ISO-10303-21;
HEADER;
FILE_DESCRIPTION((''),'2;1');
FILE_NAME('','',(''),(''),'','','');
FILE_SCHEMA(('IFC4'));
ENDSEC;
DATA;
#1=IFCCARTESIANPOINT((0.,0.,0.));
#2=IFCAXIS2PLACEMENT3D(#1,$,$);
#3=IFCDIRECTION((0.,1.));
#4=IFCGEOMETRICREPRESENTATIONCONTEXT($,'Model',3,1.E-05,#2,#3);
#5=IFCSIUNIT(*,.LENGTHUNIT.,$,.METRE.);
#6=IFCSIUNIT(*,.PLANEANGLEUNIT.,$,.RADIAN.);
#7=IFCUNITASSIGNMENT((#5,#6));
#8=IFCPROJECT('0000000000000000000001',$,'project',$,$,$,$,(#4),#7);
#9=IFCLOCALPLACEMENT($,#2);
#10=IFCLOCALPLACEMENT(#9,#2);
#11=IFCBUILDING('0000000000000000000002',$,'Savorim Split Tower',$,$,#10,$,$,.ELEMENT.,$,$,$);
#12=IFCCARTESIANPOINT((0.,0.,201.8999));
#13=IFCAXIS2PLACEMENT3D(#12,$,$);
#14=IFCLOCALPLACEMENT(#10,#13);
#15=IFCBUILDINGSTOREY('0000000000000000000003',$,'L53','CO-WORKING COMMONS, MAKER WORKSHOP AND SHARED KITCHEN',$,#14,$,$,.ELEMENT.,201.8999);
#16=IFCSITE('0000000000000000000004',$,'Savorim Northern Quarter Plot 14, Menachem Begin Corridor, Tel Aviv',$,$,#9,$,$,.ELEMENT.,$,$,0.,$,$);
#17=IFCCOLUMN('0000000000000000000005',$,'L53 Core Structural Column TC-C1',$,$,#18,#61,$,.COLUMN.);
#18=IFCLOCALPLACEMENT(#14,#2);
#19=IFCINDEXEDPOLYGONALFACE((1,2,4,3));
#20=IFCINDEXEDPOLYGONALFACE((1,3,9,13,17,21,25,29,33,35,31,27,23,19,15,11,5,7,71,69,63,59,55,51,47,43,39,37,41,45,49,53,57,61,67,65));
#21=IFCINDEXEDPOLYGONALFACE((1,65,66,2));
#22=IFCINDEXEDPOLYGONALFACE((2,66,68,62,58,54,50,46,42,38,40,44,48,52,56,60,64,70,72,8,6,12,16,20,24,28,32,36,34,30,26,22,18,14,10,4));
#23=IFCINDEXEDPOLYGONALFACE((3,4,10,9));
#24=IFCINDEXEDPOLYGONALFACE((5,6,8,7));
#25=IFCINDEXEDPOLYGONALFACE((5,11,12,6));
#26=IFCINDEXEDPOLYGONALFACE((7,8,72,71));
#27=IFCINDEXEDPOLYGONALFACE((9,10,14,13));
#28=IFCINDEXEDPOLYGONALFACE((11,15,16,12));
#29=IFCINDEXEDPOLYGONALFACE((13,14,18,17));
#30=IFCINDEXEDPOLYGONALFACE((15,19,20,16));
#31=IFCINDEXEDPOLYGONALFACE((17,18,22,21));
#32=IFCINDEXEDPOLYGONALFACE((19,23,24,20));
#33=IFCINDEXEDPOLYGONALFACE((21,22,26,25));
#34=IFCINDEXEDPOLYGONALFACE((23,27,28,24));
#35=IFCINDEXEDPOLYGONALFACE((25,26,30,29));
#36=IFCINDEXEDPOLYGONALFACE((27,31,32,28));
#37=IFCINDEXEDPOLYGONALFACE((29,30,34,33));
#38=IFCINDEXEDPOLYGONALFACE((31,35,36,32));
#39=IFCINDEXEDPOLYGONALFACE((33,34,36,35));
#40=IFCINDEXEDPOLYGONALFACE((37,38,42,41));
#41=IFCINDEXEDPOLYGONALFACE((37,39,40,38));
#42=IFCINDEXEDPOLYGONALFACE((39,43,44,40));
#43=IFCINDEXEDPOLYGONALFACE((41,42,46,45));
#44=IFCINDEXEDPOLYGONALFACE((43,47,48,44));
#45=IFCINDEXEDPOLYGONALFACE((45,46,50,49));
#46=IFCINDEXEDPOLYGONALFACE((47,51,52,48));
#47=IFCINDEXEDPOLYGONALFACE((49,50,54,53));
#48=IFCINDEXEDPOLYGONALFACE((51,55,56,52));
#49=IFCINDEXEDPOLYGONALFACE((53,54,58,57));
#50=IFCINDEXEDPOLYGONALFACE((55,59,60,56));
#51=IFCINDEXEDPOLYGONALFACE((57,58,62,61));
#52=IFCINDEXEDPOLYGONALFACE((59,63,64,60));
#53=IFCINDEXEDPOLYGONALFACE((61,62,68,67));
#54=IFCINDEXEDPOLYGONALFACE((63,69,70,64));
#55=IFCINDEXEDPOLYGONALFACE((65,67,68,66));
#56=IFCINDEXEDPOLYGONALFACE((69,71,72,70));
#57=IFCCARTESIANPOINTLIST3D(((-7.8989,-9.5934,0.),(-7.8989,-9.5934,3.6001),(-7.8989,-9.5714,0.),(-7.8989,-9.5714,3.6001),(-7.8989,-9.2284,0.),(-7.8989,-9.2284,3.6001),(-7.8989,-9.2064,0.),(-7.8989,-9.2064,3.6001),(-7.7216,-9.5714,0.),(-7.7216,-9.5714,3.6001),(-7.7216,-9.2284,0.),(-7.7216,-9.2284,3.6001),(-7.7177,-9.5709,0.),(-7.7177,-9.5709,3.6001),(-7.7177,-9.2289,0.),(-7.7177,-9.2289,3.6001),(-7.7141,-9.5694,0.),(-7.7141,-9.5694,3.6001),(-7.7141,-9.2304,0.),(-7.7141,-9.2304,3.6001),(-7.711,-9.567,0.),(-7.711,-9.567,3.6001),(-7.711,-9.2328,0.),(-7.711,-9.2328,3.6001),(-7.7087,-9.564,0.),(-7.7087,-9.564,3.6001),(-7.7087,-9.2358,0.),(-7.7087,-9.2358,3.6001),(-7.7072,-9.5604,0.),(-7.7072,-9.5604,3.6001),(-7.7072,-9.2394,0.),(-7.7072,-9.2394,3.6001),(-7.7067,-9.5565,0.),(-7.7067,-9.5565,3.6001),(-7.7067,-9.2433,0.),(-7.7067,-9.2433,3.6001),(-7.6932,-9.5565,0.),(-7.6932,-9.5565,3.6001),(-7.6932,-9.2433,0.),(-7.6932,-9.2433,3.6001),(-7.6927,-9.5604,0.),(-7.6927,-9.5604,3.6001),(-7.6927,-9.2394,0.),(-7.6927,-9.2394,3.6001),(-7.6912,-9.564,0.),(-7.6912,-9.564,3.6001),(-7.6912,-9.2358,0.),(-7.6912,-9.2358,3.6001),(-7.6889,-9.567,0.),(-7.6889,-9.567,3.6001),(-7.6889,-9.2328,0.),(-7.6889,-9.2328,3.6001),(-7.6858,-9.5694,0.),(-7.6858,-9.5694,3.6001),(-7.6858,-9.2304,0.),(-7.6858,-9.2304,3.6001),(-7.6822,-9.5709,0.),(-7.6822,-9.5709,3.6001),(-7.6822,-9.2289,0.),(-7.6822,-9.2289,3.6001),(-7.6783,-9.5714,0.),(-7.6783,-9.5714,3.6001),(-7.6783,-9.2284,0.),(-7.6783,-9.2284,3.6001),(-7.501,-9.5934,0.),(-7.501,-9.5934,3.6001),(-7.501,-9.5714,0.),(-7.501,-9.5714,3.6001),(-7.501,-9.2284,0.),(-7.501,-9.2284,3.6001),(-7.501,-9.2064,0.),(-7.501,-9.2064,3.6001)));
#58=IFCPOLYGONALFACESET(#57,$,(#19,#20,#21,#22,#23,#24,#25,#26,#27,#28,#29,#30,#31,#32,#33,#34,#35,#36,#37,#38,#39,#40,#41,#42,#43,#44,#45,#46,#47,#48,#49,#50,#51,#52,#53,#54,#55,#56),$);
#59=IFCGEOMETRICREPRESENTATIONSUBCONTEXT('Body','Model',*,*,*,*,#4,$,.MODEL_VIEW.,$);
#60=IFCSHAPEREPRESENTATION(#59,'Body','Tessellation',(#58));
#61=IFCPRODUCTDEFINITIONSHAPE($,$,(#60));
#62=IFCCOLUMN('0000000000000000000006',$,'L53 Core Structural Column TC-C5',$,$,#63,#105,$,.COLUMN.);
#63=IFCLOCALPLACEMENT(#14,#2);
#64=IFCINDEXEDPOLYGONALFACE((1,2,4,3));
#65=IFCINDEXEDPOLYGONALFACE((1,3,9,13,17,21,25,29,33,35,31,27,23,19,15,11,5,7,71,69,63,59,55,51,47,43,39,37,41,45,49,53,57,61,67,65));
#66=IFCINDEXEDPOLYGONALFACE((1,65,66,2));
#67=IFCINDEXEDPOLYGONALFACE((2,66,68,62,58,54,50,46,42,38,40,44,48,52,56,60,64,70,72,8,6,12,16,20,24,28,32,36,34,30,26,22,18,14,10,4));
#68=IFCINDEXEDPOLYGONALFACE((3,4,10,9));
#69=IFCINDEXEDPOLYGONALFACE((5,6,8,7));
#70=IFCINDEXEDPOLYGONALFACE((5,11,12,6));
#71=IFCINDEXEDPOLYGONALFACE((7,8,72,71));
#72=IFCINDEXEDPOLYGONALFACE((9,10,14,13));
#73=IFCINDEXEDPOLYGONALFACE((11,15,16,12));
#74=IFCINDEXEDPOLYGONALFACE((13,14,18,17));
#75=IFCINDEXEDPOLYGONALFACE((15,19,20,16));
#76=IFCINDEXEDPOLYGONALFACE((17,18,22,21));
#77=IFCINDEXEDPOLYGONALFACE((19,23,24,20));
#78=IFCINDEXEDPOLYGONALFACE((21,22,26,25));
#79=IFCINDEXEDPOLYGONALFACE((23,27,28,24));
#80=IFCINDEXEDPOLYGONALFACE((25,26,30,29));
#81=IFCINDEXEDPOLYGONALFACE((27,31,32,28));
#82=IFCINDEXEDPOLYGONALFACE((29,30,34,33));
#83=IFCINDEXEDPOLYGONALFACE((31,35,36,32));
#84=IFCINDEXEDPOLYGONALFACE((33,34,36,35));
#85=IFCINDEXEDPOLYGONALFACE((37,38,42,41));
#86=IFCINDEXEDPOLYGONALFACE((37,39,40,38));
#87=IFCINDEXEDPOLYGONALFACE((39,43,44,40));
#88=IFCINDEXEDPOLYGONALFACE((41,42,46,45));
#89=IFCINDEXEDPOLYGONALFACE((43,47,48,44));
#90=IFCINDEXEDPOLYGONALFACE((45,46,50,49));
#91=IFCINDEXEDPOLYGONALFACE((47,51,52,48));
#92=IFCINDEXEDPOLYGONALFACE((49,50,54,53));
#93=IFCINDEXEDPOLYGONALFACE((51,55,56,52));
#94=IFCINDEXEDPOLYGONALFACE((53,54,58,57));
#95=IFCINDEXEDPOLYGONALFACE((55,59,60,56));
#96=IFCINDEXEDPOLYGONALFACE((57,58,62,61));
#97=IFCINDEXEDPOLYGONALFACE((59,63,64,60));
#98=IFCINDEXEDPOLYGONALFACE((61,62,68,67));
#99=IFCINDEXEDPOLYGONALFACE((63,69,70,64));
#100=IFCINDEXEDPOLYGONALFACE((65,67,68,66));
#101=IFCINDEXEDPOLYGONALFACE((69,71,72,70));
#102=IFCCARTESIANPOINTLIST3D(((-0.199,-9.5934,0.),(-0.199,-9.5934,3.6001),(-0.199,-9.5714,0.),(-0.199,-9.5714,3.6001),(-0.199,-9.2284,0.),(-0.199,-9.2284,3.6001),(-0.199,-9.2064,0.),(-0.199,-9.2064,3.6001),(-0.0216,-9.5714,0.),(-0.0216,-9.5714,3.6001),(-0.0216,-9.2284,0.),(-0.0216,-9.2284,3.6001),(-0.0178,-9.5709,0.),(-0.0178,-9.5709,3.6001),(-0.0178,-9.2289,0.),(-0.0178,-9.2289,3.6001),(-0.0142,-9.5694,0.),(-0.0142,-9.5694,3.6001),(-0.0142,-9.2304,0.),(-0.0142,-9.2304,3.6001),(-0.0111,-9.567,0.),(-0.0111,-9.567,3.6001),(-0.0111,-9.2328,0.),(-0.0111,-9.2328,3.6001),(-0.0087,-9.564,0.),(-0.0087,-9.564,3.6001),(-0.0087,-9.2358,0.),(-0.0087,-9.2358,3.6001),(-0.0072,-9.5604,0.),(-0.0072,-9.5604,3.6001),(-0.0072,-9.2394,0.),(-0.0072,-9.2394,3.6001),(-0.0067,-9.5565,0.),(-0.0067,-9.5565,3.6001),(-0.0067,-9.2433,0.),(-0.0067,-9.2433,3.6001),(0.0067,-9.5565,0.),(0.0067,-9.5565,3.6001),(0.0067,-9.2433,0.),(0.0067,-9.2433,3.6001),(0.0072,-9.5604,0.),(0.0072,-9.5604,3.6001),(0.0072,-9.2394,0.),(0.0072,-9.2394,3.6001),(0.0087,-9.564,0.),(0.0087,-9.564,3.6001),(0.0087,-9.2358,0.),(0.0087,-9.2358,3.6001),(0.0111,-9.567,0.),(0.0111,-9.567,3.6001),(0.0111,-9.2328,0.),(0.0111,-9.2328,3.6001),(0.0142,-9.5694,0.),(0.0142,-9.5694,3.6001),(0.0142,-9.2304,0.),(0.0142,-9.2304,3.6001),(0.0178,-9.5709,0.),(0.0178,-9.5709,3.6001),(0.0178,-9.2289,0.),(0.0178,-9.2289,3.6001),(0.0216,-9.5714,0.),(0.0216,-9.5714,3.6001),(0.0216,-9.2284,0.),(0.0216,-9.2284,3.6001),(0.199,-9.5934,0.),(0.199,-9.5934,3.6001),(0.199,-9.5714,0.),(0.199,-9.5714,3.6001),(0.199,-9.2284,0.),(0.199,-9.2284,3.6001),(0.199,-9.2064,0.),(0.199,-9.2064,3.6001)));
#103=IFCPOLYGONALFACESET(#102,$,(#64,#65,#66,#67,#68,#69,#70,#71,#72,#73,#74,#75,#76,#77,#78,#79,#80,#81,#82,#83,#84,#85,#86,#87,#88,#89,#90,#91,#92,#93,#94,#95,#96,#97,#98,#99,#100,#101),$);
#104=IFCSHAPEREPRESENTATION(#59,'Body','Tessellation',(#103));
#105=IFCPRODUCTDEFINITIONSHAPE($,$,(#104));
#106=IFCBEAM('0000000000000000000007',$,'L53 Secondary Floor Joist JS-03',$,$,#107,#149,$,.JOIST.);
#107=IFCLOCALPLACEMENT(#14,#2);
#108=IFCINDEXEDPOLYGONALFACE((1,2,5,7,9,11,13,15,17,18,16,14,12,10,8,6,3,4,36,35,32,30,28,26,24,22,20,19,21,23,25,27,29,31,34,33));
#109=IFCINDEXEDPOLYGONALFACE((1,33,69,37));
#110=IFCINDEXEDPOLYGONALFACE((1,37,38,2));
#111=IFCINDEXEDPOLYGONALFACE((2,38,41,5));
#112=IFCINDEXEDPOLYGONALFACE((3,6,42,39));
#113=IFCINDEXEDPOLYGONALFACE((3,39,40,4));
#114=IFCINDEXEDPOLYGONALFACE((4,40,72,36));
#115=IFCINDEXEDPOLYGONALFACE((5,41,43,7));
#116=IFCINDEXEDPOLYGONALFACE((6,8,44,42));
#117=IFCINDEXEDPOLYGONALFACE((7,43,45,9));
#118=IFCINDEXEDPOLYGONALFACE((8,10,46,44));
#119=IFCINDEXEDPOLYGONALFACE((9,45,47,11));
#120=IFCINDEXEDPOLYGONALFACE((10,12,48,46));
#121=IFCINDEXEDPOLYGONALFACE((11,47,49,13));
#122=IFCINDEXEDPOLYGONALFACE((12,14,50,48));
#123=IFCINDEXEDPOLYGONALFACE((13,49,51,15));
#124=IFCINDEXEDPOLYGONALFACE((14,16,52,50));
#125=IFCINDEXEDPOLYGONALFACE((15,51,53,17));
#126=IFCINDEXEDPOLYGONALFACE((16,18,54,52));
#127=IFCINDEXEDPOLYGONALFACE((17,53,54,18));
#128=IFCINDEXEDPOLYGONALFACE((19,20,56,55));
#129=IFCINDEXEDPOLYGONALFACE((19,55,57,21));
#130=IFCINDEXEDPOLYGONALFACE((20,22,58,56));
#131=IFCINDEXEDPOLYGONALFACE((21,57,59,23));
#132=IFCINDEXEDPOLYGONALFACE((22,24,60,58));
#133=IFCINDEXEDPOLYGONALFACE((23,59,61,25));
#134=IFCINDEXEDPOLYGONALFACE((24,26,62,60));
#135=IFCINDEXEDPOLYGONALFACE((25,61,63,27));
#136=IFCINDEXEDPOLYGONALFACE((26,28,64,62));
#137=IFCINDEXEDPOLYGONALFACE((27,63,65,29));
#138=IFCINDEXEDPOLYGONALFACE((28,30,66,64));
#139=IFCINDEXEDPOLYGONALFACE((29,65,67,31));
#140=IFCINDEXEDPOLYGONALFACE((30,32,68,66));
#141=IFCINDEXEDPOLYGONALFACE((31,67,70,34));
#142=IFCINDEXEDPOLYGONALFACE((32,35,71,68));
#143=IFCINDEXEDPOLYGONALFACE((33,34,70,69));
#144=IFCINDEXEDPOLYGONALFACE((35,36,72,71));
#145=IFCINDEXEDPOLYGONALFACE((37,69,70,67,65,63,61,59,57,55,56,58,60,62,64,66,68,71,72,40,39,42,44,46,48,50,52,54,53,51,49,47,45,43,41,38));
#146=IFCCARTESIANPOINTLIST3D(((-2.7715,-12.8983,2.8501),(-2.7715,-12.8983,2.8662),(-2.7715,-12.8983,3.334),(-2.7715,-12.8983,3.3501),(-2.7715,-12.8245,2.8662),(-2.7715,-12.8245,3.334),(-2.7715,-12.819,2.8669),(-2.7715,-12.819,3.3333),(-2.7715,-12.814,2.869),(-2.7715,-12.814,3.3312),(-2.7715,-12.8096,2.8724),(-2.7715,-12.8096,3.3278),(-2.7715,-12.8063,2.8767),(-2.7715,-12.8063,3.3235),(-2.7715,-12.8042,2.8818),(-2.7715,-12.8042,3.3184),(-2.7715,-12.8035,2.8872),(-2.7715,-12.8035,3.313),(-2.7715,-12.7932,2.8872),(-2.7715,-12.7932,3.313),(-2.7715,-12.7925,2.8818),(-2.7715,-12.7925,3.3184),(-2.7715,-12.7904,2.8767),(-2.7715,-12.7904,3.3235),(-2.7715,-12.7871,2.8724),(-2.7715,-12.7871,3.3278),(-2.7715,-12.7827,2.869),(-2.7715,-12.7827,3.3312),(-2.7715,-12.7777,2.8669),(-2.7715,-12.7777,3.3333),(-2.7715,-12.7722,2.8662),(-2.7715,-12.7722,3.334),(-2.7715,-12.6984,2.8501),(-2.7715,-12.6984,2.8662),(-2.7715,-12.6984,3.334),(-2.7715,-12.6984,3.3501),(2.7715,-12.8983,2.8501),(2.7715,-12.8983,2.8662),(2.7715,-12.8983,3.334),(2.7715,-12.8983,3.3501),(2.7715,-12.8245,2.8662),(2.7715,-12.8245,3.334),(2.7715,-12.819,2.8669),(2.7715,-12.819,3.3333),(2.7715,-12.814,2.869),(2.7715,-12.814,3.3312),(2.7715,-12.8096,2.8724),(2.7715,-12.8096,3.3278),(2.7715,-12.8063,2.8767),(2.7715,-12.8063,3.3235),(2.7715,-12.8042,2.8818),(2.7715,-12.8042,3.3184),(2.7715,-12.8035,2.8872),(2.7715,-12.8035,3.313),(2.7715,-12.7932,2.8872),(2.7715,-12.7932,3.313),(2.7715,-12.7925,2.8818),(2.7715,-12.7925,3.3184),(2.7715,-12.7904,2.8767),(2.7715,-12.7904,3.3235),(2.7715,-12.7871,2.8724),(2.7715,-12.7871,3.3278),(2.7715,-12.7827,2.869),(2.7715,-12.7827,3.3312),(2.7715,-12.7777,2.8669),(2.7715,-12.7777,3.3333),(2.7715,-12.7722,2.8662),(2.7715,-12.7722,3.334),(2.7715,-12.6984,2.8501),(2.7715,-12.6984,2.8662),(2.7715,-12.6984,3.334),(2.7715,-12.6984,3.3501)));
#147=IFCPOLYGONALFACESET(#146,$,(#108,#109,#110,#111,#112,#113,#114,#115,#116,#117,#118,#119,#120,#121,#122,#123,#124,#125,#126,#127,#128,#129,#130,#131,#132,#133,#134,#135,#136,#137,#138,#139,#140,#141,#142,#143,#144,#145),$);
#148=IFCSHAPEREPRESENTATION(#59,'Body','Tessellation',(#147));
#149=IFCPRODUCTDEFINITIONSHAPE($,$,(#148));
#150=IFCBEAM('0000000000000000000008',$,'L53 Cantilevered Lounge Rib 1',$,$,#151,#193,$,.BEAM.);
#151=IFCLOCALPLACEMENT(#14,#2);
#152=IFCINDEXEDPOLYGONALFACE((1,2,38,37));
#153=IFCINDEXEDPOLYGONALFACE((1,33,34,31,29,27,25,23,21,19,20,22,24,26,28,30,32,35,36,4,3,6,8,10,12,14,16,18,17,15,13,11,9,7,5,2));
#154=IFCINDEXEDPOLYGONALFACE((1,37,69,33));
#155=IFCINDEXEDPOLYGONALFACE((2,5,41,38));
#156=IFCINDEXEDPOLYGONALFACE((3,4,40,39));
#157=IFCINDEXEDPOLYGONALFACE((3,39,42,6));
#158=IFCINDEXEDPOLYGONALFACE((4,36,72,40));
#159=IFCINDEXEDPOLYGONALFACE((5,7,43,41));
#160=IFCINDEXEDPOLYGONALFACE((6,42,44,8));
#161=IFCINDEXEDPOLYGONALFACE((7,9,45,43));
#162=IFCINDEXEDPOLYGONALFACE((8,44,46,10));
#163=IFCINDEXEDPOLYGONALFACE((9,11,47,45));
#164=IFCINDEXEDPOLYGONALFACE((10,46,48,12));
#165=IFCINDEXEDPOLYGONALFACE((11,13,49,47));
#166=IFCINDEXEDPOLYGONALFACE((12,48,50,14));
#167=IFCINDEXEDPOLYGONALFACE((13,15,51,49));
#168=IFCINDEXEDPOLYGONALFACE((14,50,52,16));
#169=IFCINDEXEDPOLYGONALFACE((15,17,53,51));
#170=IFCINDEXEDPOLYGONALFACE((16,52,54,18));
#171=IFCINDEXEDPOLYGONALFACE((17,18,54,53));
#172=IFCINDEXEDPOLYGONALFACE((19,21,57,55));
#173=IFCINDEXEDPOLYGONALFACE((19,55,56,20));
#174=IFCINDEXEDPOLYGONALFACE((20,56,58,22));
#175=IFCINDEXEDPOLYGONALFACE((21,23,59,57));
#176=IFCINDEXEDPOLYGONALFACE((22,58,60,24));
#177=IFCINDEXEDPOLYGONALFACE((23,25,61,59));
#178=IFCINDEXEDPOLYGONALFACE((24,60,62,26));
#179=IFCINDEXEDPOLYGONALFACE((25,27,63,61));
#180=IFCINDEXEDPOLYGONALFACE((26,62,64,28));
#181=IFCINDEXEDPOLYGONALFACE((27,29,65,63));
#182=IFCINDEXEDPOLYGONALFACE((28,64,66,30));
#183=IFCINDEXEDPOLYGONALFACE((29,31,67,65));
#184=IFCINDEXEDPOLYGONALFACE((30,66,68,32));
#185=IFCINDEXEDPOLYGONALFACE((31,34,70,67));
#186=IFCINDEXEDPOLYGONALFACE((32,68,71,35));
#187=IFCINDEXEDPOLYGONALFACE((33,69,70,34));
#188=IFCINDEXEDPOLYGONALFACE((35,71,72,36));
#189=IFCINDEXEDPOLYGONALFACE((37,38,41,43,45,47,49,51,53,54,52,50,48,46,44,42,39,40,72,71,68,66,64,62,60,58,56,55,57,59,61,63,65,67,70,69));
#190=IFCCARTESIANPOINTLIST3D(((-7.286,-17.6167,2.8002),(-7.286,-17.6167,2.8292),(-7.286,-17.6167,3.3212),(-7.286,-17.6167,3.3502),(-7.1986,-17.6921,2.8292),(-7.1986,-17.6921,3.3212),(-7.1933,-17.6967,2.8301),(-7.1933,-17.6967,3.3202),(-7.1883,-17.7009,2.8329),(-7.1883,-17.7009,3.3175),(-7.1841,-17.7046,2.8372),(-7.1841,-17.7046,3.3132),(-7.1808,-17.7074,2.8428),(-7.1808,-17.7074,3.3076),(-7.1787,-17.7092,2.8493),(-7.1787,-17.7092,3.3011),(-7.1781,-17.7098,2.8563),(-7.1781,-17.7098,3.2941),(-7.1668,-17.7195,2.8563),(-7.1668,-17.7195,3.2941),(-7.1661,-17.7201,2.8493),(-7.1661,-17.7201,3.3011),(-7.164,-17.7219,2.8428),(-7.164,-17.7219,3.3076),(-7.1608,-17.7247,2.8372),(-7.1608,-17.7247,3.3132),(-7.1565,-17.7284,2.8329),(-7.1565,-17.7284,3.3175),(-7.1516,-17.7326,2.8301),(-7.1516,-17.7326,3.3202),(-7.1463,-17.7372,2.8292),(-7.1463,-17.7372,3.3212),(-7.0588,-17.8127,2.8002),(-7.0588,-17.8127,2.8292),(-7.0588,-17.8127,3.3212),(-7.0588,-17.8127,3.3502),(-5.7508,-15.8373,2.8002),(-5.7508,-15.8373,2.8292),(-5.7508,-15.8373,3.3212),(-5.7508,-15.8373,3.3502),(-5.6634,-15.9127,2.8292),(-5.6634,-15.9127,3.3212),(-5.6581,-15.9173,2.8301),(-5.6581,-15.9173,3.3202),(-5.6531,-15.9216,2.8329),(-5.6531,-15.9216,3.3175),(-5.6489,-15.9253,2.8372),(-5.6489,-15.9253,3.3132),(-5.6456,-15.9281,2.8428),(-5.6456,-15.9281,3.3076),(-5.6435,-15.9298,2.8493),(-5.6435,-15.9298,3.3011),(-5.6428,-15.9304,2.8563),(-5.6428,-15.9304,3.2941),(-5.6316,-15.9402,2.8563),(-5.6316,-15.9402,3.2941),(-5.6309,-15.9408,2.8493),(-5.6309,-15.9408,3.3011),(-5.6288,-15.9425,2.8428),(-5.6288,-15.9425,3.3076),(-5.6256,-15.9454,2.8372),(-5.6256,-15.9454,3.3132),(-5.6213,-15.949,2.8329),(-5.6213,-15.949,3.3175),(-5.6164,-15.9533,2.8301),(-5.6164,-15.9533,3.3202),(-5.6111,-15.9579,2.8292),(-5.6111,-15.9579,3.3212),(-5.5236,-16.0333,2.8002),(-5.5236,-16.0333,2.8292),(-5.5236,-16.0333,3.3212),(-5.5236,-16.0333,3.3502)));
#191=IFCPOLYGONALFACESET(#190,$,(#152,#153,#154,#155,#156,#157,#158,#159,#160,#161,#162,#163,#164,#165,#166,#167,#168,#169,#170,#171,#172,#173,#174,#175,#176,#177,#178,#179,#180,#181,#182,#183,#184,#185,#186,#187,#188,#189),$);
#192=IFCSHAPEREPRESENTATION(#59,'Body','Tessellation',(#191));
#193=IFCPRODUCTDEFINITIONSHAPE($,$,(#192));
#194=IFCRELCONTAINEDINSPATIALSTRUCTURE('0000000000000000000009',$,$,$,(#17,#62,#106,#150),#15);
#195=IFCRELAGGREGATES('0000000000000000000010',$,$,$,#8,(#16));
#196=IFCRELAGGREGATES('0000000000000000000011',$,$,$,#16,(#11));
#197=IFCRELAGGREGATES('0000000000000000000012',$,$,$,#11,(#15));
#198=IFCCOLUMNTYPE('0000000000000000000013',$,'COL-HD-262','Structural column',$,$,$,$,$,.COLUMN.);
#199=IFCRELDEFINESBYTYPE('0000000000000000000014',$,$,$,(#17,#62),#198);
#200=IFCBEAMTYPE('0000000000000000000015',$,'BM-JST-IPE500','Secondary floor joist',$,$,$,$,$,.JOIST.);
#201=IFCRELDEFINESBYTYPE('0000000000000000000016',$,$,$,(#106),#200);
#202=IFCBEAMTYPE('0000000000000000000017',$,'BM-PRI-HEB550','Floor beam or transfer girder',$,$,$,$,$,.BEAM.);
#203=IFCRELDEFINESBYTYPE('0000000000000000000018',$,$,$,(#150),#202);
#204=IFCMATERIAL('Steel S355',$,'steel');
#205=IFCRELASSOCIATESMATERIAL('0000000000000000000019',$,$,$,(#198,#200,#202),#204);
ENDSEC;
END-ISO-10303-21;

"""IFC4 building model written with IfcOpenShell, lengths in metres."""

from ifc_helpers import new_model, si_unit, direction, frame, origin, origin_2d, place, context, subcontext, project, spatial, i_section, extrude, material, material_profile, profile_set, type_object, element, save


model = new_model("IFC4")

# Units and contexts
model_context = context("Model", 3, precision=1e-05, world=origin(), true_north=direction((0.0, 1.0)))
body_context = subcontext(model_context, "Body", "Model", "MODEL_VIEW")
ifc_project = project(units=[si_unit("LENGTHUNIT", "METRE"), si_unit("PLANEANGLEUNIT", "RADIAN")], contexts=[model_context])

# Site, building, storey
site_placement = place(None, origin())
site = spatial("IfcSite", under=ifc_project, at=site_placement, Name="Savorim Northern Quarter Plot 14, Menachem Begin Corridor, Tel Aviv", CompositionType="ELEMENT", RefElevation=0.0)
building_placement = place(site_placement, origin())
building = spatial("IfcBuilding", under=site, at=building_placement, Name="Savorim Split Tower", CompositionType="ELEMENT")
storey_placement = place(building_placement, frame((0.0, 0.0, 201.8999)))
storey = spatial("IfcBuildingStorey", under=building, at=storey_placement, Name="L53", Description="CO-WORKING COMMONS, MAKER WORKSHOP AND SHARED KITCHEN", CompositionType="ELEMENT", Elevation=201.8999)

# Columns
ifc_material_1 = material(Name="Steel S355", Category="steel")
ifc_material_profile_1 = material_profile(ifc_material_1, i_section(OverallWidth=0.3979, OverallDepth=0.387, WebThickness=0.0134, FlangeThickness=0.022, FilletRadius=0.0149, at=origin_2d()), Name="HD 400x262")
ifc_profile_set_1 = profile_set([ifc_material_profile_1], Name="Steel S355")
column_type = type_object("IfcColumnType", Name="COL-HD-262", Description="Structural column", PredefinedType="COLUMN", material=ifc_profile_set_1)
for number, where, z_axis, x_axis, name in (
    (1, (-7.7, -9.3999, 0.0), (0.0, 0.0, 1.0), (1.0, 0.0, 0.0), "L53 Core Structural Column TC-C1"),
    (2, (0.0, -9.3999, 0.0), (0.0, 0.0, 1.0), (1.0, 0.0, 0.0), "L53 Core Structural Column TC-C5"),
):
    element("IfcColumn", number, at=place(storey_placement, frame(where, z_axis=z_axis, x_axis=x_axis)), inside=storey, type_object=column_type, Name=name, PredefinedType="COLUMN", context=body_context, shape_type="SweptSolid", body=[
        extrude(i_section(OverallWidth=0.3979, OverallDepth=0.387, WebThickness=0.0134, FlangeThickness=0.022, FilletRadius=0.0149, at=origin_2d()), origin(), (0.0, 0.0, 1.0), 3.6001),
    ])

# Beams
ifc_material_profile_2 = material_profile(ifc_material_1, i_section(OverallWidth=0.2, OverallDepth=0.5, WebThickness=0.0103, FlangeThickness=0.0161, FilletRadius=0.021, at=origin_2d()), Name="IPE 500")
ifc_profile_set_2 = profile_set([ifc_material_profile_2], Name="Steel S355")
beam_type_1 = type_object("IfcBeamType", Name="BM-JST-IPE500", Description="Secondary floor joist", PredefinedType="JOIST", material=ifc_profile_set_2)
beam_1_placement = place(storey_placement, frame((-2.7715, -12.7983, 3.1001), z_axis=(1.0, 0.0, 0.0), x_axis=(0.0, 1.0, 0.0)))
element("IfcBeam", 3, at=beam_1_placement, inside=storey, type_object=beam_type_1, Name="L53 Secondary Floor Joist JS-03", PredefinedType="JOIST", context=body_context, shape_type="SweptSolid", body=[
    extrude(i_section(OverallWidth=0.2, OverallDepth=0.5, WebThickness=0.0103, FlangeThickness=0.0161, FilletRadius=0.021, at=origin_2d()), origin(), (0.0, 0.0, 1.0), 5.543),
])
ifc_material_profile_3 = material_profile(ifc_material_1, i_section(OverallWidth=0.3, OverallDepth=0.55, WebThickness=0.0149, FlangeThickness=0.0291, FilletRadius=0.0271, at=origin_2d()), Name="HEB 550")
ifc_profile_set_3 = profile_set([ifc_material_profile_3], Name="Steel S355")
beam_type_2 = type_object("IfcBeamType", Name="BM-PRI-HEB550", Description="Floor beam or transfer girder", PredefinedType="BEAM", material=ifc_profile_set_3)
beam_2_placement = place(storey_placement, frame((-5.6372, -15.9353, 3.0752), z_axis=(-0.653252, -0.757141, 0.0), x_axis=(0.757141, -0.653252, 0.0)))
element("IfcBeam", 4, at=beam_2_placement, inside=storey, type_object=beam_type_2, Name="L53 Cantilevered Lounge Rib 1", PredefinedType="BEAM", context=body_context, shape_type="SweptSolid", body=[
    extrude(i_section(OverallWidth=0.3, OverallDepth=0.55, WebThickness=0.0149, FlangeThickness=0.0291, FilletRadius=0.0271, at=origin_2d()), origin(), (0.0, 0.0, 1.0), 2.3501),
])

save(model, "model.ifc")
